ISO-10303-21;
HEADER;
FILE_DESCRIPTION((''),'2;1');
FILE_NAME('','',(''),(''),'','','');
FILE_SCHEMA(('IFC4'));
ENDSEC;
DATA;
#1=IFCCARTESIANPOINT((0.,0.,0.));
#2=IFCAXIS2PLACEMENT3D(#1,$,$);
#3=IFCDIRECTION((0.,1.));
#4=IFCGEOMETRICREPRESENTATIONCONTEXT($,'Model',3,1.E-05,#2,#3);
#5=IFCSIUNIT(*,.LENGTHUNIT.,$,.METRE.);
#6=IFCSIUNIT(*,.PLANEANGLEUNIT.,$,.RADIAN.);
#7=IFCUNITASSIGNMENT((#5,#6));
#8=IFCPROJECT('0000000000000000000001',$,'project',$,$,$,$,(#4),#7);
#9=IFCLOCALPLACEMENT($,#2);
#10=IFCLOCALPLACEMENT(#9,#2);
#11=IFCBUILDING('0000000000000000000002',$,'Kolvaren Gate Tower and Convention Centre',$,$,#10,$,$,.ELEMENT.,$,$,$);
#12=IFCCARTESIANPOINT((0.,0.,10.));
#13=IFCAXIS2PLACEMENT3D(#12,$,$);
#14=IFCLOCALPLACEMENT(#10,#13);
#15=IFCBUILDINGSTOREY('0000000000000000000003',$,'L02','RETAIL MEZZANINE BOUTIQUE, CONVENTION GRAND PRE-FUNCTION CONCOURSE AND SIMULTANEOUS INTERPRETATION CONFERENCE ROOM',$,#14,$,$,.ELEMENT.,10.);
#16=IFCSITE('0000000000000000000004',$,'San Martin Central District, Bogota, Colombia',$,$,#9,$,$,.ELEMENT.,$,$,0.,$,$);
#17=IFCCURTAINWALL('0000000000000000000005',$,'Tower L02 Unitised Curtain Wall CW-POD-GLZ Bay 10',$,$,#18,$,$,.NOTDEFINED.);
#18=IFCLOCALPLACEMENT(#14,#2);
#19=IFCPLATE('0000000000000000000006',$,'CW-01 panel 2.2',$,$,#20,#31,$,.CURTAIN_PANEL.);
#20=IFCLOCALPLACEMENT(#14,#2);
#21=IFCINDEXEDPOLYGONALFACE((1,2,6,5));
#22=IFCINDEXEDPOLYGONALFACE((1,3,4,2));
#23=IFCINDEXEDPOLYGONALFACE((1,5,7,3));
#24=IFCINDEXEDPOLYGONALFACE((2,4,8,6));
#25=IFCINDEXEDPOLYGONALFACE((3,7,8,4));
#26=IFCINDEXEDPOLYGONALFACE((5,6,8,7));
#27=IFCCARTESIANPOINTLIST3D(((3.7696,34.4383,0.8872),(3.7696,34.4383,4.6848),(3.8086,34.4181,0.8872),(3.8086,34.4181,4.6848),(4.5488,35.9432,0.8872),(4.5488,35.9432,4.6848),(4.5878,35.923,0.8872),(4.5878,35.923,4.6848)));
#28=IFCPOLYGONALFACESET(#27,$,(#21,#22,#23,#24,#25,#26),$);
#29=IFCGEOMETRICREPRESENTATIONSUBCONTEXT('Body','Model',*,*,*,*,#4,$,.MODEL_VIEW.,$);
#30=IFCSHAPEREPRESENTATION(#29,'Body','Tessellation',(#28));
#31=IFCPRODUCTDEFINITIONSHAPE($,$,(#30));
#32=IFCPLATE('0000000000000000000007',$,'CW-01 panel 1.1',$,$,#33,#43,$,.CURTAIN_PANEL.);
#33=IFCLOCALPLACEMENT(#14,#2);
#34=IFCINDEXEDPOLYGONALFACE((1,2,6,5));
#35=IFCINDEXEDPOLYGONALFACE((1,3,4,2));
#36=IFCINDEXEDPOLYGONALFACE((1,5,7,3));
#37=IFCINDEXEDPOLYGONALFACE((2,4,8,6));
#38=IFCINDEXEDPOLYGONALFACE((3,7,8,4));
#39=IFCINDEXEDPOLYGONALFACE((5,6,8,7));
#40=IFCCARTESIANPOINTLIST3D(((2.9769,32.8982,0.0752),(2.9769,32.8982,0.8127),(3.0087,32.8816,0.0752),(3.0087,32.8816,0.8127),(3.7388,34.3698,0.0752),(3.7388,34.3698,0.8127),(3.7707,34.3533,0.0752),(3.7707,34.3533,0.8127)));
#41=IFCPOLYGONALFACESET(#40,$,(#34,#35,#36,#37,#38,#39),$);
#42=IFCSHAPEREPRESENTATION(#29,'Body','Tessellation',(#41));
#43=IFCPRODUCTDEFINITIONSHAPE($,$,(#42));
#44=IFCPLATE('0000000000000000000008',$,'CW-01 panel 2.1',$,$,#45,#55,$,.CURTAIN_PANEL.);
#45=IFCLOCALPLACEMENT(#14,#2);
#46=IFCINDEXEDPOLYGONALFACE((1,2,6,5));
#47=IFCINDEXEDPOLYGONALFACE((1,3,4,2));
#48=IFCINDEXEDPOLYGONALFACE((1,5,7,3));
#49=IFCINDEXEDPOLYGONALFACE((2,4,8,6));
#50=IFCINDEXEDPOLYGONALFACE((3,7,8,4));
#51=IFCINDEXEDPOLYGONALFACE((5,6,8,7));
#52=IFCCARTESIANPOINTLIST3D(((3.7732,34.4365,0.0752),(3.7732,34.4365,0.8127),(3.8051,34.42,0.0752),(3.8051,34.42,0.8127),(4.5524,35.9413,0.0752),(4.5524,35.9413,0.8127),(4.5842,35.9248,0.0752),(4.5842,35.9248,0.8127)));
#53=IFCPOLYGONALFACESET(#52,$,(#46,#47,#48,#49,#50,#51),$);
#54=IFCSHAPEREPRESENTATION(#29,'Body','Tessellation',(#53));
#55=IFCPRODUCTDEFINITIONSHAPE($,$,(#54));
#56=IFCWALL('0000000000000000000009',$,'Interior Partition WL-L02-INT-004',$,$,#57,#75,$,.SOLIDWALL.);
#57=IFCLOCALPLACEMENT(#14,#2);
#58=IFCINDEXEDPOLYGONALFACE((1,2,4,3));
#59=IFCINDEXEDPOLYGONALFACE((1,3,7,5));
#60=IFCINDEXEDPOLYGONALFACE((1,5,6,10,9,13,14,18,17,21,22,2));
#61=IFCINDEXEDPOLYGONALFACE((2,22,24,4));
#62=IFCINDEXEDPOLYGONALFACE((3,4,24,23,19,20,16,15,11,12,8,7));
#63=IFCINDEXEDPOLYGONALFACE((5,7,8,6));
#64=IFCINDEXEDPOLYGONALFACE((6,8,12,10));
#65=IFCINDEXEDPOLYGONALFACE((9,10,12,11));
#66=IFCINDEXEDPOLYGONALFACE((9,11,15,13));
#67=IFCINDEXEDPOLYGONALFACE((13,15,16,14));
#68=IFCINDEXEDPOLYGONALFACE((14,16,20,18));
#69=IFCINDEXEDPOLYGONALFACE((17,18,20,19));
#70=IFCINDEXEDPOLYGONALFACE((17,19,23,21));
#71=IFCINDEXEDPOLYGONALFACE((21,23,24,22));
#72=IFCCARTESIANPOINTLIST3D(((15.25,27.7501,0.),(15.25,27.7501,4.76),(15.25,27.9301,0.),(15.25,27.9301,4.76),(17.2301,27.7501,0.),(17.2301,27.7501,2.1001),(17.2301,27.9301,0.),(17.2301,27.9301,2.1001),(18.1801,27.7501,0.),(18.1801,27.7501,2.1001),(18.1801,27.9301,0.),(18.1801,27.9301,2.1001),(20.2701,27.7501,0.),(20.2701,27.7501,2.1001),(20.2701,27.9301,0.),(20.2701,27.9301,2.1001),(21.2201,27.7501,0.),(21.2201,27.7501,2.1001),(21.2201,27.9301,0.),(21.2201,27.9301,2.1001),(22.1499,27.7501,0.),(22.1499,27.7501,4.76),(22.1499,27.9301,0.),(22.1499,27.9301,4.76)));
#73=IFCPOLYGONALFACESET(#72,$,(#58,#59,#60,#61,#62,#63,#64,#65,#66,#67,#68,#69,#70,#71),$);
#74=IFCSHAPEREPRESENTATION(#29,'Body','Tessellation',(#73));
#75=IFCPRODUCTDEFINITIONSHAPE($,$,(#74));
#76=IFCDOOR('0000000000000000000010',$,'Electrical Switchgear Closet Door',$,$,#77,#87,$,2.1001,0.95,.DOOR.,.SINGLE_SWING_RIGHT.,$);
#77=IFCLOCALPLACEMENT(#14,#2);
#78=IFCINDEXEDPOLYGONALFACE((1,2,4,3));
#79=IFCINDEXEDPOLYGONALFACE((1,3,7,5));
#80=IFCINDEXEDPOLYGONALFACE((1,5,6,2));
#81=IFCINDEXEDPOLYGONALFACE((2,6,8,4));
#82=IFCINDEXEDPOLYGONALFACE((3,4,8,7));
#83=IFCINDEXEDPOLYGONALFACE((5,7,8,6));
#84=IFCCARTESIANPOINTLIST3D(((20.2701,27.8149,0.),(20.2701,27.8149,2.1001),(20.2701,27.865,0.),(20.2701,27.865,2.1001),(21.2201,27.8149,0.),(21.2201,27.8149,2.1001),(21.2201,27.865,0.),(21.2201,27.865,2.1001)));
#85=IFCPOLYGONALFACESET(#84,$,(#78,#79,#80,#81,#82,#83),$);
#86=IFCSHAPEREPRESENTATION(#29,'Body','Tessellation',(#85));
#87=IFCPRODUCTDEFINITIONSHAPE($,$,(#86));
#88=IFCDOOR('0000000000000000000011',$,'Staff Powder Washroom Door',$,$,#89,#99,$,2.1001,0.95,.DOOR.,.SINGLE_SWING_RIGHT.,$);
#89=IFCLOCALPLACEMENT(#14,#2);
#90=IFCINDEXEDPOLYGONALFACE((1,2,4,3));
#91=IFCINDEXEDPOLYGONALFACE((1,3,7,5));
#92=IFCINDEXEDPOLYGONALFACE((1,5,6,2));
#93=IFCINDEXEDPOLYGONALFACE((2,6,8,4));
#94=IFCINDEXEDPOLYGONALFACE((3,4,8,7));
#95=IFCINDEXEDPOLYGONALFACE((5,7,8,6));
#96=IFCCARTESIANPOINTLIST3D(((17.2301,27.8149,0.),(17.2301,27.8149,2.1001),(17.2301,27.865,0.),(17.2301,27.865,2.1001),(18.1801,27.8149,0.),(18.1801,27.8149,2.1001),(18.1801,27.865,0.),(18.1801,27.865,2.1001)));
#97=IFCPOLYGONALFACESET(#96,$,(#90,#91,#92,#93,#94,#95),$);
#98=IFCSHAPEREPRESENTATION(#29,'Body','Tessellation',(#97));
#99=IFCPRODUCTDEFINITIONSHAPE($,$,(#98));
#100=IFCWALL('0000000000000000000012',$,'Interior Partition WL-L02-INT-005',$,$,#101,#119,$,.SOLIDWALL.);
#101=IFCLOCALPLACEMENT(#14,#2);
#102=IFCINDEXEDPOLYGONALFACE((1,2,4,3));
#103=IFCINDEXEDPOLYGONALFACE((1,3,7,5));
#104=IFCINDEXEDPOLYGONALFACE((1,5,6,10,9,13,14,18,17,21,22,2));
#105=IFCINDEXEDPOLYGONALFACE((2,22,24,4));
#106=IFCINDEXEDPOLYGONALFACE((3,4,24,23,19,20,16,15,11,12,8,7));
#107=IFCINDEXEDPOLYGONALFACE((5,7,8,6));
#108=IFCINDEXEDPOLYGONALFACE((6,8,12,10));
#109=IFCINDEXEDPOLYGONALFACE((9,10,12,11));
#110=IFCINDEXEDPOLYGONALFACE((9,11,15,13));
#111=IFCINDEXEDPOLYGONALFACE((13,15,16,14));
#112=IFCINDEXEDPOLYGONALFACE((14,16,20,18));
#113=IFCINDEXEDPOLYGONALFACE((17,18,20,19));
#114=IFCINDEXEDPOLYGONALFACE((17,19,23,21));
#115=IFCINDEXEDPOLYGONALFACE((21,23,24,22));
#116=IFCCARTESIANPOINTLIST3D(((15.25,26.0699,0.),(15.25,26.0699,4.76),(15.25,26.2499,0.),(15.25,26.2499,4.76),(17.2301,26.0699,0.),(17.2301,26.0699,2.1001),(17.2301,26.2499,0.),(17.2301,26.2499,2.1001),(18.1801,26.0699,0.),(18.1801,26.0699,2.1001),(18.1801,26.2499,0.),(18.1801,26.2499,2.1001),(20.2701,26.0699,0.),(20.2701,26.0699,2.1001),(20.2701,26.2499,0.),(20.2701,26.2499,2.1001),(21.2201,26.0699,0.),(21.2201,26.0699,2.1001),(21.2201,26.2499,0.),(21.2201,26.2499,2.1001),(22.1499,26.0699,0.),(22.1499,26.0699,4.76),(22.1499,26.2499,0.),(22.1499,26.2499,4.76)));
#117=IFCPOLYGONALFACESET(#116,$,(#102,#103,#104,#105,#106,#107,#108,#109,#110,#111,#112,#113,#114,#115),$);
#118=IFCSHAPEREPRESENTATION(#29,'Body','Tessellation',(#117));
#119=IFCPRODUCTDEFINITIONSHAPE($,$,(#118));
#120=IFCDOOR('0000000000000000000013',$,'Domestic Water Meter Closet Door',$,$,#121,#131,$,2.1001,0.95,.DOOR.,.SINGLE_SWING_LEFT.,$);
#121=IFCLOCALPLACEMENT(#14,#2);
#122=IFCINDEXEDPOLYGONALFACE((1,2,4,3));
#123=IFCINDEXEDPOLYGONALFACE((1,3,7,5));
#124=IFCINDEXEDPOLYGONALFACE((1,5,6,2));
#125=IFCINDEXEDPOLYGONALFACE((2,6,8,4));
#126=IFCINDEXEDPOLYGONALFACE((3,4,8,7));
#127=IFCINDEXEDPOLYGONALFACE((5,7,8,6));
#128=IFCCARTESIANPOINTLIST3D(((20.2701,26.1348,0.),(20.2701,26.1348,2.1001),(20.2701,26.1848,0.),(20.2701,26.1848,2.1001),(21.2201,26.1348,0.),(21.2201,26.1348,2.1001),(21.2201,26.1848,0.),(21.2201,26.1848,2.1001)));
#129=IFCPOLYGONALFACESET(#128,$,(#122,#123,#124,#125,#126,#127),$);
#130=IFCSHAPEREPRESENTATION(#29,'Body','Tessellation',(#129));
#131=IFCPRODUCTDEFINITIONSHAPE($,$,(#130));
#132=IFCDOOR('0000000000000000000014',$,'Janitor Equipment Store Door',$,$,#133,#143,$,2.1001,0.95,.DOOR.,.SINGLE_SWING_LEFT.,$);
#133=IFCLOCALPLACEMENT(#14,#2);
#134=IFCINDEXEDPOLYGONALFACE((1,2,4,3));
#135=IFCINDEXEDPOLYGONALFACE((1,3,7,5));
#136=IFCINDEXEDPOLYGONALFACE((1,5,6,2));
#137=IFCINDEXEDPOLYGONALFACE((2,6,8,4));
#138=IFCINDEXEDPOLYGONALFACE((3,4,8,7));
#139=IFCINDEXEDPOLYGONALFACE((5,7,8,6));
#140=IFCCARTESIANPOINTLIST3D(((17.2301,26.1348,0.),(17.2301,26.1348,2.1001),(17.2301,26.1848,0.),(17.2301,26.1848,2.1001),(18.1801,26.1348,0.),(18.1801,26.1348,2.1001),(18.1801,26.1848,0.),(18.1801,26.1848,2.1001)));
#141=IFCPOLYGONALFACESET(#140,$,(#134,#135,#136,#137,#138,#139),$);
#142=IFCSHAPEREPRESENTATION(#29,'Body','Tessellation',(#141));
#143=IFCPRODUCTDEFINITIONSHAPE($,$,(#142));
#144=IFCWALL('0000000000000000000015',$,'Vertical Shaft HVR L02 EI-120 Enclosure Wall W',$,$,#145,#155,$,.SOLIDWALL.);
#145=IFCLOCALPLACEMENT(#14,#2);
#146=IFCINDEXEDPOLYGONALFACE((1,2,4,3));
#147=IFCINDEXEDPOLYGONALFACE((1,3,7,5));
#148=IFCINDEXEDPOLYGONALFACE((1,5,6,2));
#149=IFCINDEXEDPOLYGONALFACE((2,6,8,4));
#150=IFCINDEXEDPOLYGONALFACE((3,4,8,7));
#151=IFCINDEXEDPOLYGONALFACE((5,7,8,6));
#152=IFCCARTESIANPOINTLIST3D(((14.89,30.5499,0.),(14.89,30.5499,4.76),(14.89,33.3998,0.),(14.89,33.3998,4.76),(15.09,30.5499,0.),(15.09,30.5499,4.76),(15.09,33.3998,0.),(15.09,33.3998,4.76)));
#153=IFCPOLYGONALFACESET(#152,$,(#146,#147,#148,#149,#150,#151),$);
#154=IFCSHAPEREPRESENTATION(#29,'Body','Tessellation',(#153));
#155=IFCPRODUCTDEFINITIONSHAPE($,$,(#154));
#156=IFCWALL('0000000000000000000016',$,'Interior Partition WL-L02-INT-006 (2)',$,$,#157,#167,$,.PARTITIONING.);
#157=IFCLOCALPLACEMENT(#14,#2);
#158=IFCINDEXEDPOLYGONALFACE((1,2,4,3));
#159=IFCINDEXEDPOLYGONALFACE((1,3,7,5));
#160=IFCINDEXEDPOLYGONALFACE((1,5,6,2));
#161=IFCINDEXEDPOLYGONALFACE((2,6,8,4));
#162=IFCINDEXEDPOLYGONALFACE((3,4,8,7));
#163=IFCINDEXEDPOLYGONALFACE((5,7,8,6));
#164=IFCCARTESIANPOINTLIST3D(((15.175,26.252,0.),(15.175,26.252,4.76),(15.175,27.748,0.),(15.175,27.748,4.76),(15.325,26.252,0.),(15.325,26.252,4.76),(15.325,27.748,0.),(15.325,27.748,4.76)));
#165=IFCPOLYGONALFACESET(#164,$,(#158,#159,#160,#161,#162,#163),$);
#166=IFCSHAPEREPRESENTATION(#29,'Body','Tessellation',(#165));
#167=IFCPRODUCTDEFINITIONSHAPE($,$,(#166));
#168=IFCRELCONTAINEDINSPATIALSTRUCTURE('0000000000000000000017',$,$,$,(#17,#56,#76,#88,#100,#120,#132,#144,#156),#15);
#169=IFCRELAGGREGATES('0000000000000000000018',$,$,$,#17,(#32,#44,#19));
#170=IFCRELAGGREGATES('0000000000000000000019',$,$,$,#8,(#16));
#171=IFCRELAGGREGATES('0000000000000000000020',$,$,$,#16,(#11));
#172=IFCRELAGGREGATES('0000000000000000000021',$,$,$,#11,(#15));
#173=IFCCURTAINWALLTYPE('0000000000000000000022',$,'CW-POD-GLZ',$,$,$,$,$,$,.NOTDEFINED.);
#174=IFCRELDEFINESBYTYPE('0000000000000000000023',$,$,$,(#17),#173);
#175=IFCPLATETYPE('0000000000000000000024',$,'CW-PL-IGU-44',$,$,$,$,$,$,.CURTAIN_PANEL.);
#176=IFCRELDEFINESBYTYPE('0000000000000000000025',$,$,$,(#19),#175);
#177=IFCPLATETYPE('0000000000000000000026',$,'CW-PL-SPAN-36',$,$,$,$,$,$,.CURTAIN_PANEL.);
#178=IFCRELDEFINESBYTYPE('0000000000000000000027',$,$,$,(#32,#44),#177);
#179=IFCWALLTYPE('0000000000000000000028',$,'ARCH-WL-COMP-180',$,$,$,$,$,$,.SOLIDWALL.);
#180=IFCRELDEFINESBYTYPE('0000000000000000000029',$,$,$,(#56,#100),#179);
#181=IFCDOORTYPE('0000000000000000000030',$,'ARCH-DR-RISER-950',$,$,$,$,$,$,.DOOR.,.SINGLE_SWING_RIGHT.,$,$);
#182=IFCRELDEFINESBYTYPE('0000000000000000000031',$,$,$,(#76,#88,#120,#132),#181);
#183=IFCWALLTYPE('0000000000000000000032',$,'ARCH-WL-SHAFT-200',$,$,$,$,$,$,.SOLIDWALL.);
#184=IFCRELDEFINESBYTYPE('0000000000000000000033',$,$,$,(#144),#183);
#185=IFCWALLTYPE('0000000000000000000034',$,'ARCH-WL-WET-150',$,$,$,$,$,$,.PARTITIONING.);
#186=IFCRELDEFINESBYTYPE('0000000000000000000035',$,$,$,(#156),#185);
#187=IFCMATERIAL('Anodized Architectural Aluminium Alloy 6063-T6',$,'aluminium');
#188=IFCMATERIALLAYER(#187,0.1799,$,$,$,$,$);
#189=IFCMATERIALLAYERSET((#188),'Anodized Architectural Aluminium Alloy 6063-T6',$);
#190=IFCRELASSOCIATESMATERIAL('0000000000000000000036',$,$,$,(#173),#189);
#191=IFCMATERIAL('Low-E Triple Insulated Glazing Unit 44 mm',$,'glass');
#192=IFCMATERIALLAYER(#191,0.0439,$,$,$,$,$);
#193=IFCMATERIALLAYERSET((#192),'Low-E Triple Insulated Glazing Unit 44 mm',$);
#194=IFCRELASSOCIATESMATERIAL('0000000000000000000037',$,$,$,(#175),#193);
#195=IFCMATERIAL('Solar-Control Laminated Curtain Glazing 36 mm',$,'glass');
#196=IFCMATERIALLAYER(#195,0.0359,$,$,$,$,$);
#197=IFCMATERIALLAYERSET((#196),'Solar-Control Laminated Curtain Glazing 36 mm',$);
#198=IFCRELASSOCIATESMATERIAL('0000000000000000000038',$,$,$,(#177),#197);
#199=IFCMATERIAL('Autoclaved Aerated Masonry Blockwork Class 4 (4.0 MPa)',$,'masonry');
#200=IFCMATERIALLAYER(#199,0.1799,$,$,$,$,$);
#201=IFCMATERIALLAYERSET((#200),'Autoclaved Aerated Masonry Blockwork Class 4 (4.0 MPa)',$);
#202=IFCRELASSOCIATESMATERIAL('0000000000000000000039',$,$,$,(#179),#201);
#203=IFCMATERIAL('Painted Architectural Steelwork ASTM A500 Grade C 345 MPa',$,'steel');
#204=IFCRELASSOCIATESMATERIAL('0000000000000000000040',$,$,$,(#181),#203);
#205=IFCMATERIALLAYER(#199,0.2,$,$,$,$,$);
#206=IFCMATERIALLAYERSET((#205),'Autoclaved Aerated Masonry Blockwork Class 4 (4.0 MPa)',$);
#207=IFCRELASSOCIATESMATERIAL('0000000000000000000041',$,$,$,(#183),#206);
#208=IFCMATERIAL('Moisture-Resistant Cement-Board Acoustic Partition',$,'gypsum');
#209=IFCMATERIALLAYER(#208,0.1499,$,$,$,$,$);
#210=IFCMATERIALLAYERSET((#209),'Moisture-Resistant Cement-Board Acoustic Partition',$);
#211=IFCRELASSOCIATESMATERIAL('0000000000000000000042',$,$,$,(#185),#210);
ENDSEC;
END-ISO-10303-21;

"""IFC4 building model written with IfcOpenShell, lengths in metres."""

from ifc_helpers import new_model, si_unit, direction, frame, frame_2d, origin, origin_2d, place, context, subcontext, project, spatial, rectangle, extrude, material, layer, layer_set, type_object, element, fill, aggregate, save


model = new_model("IFC4")

# Units and contexts
model_context = context("Model", 3, precision=1e-05, world=origin(), true_north=direction((0.0, 1.0)))
body_context = subcontext(model_context, "Body", "Model", "MODEL_VIEW")
ifc_project = project(units=[si_unit("LENGTHUNIT", "METRE"), si_unit("PLANEANGLEUNIT", "RADIAN")], contexts=[model_context])

# Site, building, storey
site_placement = place(None, origin())
site = spatial("IfcSite", under=ifc_project, at=site_placement, Name="San Martin Central District, Bogota, Colombia", CompositionType="ELEMENT", RefElevation=0.0)
building_placement = place(site_placement, origin())
building = spatial("IfcBuilding", under=site, at=building_placement, Name="Kolvaren Gate Tower and Convention Centre", CompositionType="ELEMENT")
storey_placement = place(building_placement, frame((0.0, 0.0, 10.0)))
storey = spatial("IfcBuildingStorey", under=building, at=storey_placement, Name="L02", Description="RETAIL MEZZANINE BOUTIQUE, CONVENTION GRAND PRE-FUNCTION CONCOURSE AND SIMULTANEOUS INTERPRETATION CONFERENCE ROOM", CompositionType="ELEMENT", Elevation=10.0)

# Curtain wall
ifc_material_1 = material(Name="Anodized Architectural Aluminium Alloy 6063-T6", Category="aluminium")
ifc_layer_1 = layer(ifc_material_1, 0.1799)
ifc_layer_set_1 = layer_set([ifc_layer_1], Name="Anodized Architectural Aluminium Alloy 6063-T6")
curtain_wall_type = type_object("IfcCurtainWallType", Name="CW-POD-GLZ", PredefinedType="NOTDEFINED", material=ifc_layer_set_1)
curtain_wall_placement = place(storey_placement, origin())
curtain_wall = element("IfcCurtainWall", 1, at=curtain_wall_placement, inside=storey, type_object=curtain_wall_type, Name="Tower L02 Unitised Curtain Wall CW-POD-GLZ Bay 10", PredefinedType="NOTDEFINED")

# Plates
ifc_material_2 = material(Name="Low-E Triple Insulated Glazing Unit 44 mm", Category="glass")
ifc_layer_2 = layer(ifc_material_2, 0.0439)
ifc_layer_set_2 = layer_set([ifc_layer_2], Name="Low-E Triple Insulated Glazing Unit 44 mm")
plate_type_1 = type_object("IfcPlateType", Name="CW-PL-IGU-44", PredefinedType="CURTAIN_PANEL", material=ifc_layer_set_2)
plate_1_placement = place(storey_placement, frame((4.1787, 35.1807, 0.8872), z_axis=(0.0, 0.0, 1.0), x_axis=(0.459789, 0.888028, 0.0)))
plate_1 = element("IfcPlate", 2, at=plate_1_placement, type_object=plate_type_1, Name="CW-01 panel 2.2", PredefinedType="CURTAIN_PANEL", context=body_context, shape_type="SweptSolid", body=[
    extrude(rectangle(XDim=1.6946, YDim=0.0439, at=origin_2d()), origin(), (0.0, 0.0, 1.0), 3.7976),
])
ifc_material_3 = material(Name="Solar-Control Laminated Curtain Glazing 36 mm", Category="glass")
ifc_layer_3 = layer(ifc_material_3, 0.0359)
ifc_layer_set_3 = layer_set([ifc_layer_3], Name="Solar-Control Laminated Curtain Glazing 36 mm")
plate_type_2 = type_object("IfcPlateType", Name="CW-PL-SPAN-36", PredefinedType="CURTAIN_PANEL", material=ifc_layer_set_3)
plate_2_placement = place(storey_placement, frame((3.3738, 33.6257, 0.0752), z_axis=(0.0, 0.0, 1.0), x_axis=(0.459789, 0.888028, 0.0)))
plate_2 = element("IfcPlate", 3, at=plate_2_placement, type_object=plate_type_2, Name="CW-01 panel 1.1", PredefinedType="CURTAIN_PANEL", context=body_context, shape_type="SweptSolid", body=[
    extrude(rectangle(XDim=1.6572, YDim=0.0359, at=origin_2d()), origin(), (0.0, 0.0, 1.0), 0.7375),
])
plate_3_placement = place(storey_placement, frame((4.1787, 35.1807, 0.0752), z_axis=(0.0, 0.0, 1.0), x_axis=(0.459789, 0.888028, 0.0)))
plate_3 = element("IfcPlate", 4, at=plate_3_placement, type_object=plate_type_2, Name="CW-01 panel 2.1", PredefinedType="CURTAIN_PANEL", context=body_context, shape_type="SweptSolid", body=[
    extrude(rectangle(XDim=1.6946, YDim=0.0359, at=origin_2d()), origin(), (0.0, 0.0, 1.0), 0.7375),
])
aggregate(curtain_wall, [plate_2, plate_3, plate_1])

# Walls, openings, doors
ifc_material_4 = material(Name="Autoclaved Aerated Masonry Blockwork Class 4 (4.0 MPa)", Category="masonry")
ifc_layer_4 = layer(ifc_material_4, 0.1799)
ifc_layer_set_4 = layer_set([ifc_layer_4], Name="Autoclaved Aerated Masonry Blockwork Class 4 (4.0 MPa)")
wall_type_1 = type_object("IfcWallType", Name="ARCH-WL-COMP-180", PredefinedType="SOLIDWALL", material=ifc_layer_set_4)
wall_1_placement = place(storey_placement, frame((15.25, 27.8401, 0.0), z_axis=(0.0, 0.0, 1.0), x_axis=(1.0, 0.0, 0.0)))
wall_1 = element("IfcWall", 5, at=wall_1_placement, inside=storey, type_object=wall_type_1, Name="Interior Partition WL-L02-INT-004", PredefinedType="SOLIDWALL", context=body_context, shape_type="SweptSolid", body=[
    extrude(rectangle(XDim=6.8999, YDim=0.1799, at=frame_2d((3.45, 0.0))), origin(), (0.0, 0.0, 1.0), 4.76),
])
opening_1_placement = place(wall_1_placement, frame((5.02, 0.0, 0.0)))
opening_1 = element("IfcOpeningElement", 6, at=opening_1_placement, cuts=wall_1, PredefinedType="OPENING", context=body_context, shape_type="SweptSolid", body=[
    extrude(rectangle(XDim=0.95, YDim=2.1001, at=frame_2d((0.4751, 1.05))), frame((0.0, 0.0999, 0.0), z_axis=(0.0, -1.0, 0.0), x_axis=(1.0, 0.0, 0.0)), (0.0, 0.0, 1.0), 0.2),
])
opening_2_placement = place(wall_1_placement, frame((1.98, 0.0, 0.0)))
opening_2 = element("IfcOpeningElement", 7, at=opening_2_placement, cuts=wall_1, PredefinedType="OPENING", context=body_context, shape_type="SweptSolid", body=[
    extrude(rectangle(XDim=0.95, YDim=2.1001, at=frame_2d((0.4751, 1.05))), frame((0.0, 0.0999, 0.0), z_axis=(0.0, -1.0, 0.0), x_axis=(1.0, 0.0, 0.0)), (0.0, 0.0, 1.0), 0.2),
])
ifc_material_5 = material(Name="Painted Architectural Steelwork ASTM A500 Grade C 345 MPa", Category="steel")
door_type = type_object("IfcDoorType", Name="ARCH-DR-RISER-950", OperationType="SINGLE_SWING_RIGHT", PredefinedType="DOOR", material=ifc_material_5)
door_1_placement = place(opening_1_placement, origin())
door_1 = element("IfcDoor", 8, at=door_1_placement, inside=storey, type_object=door_type, Name="Electrical Switchgear Closet Door", OperationType="SINGLE_SWING_RIGHT", OverallHeight=2.1001, OverallWidth=0.95, PredefinedType="DOOR", context=body_context, shape_type="SweptSolid", body=[
    extrude(rectangle(XDim=0.95, YDim=2.1001, at=frame_2d((0.4751, 1.05))), frame((0.0, 0.0249, 0.0), z_axis=(0.0, -1.0, 0.0), x_axis=(1.0, 0.0, 0.0)), (0.0, 0.0, 1.0), 0.05),
])
fill(opening_1, door_1)
door_2_placement = place(opening_2_placement, origin())
door_2 = element("IfcDoor", 9, at=door_2_placement, inside=storey, type_object=door_type, Name="Staff Powder Washroom Door", OperationType="SINGLE_SWING_RIGHT", OverallHeight=2.1001, OverallWidth=0.95, PredefinedType="DOOR", context=body_context, shape_type="SweptSolid", body=[
    extrude(rectangle(XDim=0.95, YDim=2.1001, at=frame_2d((0.4751, 1.05))), frame((0.0, 0.0249, 0.0), z_axis=(0.0, -1.0, 0.0), x_axis=(1.0, 0.0, 0.0)), (0.0, 0.0, 1.0), 0.05),
])
fill(opening_2, door_2)
wall_2_placement = place(storey_placement, frame((15.25, 26.1599, 0.0), z_axis=(0.0, 0.0, 1.0), x_axis=(1.0, 0.0, 0.0)))
wall_2 = element("IfcWall", 10, at=wall_2_placement, inside=storey, type_object=wall_type_1, Name="Interior Partition WL-L02-INT-005", PredefinedType="SOLIDWALL", context=body_context, shape_type="SweptSolid", body=[
    extrude(rectangle(XDim=6.8999, YDim=0.1799, at=frame_2d((3.45, 0.0))), origin(), (0.0, 0.0, 1.0), 4.76),
])
opening_3_placement = place(wall_2_placement, frame((5.02, 0.0, 0.0)))
opening_3 = element("IfcOpeningElement", 11, at=opening_3_placement, cuts=wall_2, PredefinedType="OPENING", context=body_context, shape_type="SweptSolid", body=[
    extrude(rectangle(XDim=0.95, YDim=2.1001, at=frame_2d((0.4751, 1.05))), frame((0.0, 0.0999, 0.0), z_axis=(0.0, -1.0, 0.0), x_axis=(1.0, 0.0, 0.0)), (0.0, 0.0, 1.0), 0.2),
])
opening_4_placement = place(wall_2_placement, frame((1.98, 0.0, 0.0)))
opening_4 = element("IfcOpeningElement", 12, at=opening_4_placement, cuts=wall_2, PredefinedType="OPENING", context=body_context, shape_type="SweptSolid", body=[
    extrude(rectangle(XDim=0.95, YDim=2.1001, at=frame_2d((0.4751, 1.05))), frame((0.0, 0.0999, 0.0), z_axis=(0.0, -1.0, 0.0), x_axis=(1.0, 0.0, 0.0)), (0.0, 0.0, 1.0), 0.2),
])
door_3_placement = place(opening_3_placement, origin())
door_3 = element("IfcDoor", 13, at=door_3_placement, inside=storey, type_object=door_type, Name="Domestic Water Meter Closet Door", OperationType="SINGLE_SWING_LEFT", OverallHeight=2.1001, OverallWidth=0.95, PredefinedType="DOOR", context=body_context, shape_type="SweptSolid", body=[
    extrude(rectangle(XDim=0.95, YDim=2.1001, at=frame_2d((0.4751, 1.05))), frame((0.0, 0.0249, 0.0), z_axis=(0.0, -1.0, 0.0), x_axis=(1.0, 0.0, 0.0)), (0.0, 0.0, 1.0), 0.05),
])
fill(opening_3, door_3)
door_4_placement = place(opening_4_placement, origin())
door_4 = element("IfcDoor", 14, at=door_4_placement, inside=storey, type_object=door_type, Name="Janitor Equipment Store Door", OperationType="SINGLE_SWING_LEFT", OverallHeight=2.1001, OverallWidth=0.95, PredefinedType="DOOR", context=body_context, shape_type="SweptSolid", body=[
    extrude(rectangle(XDim=0.95, YDim=2.1001, at=frame_2d((0.4751, 1.05))), frame((0.0, 0.0249, 0.0), z_axis=(0.0, -1.0, 0.0), x_axis=(1.0, 0.0, 0.0)), (0.0, 0.0, 1.0), 0.05),
])
fill(opening_4, door_4)

# Walls
ifc_layer_5 = layer(ifc_material_4, 0.2)
ifc_layer_set_5 = layer_set([ifc_layer_5], Name="Autoclaved Aerated Masonry Blockwork Class 4 (4.0 MPa)")
wall_type_2 = type_object("IfcWallType", Name="ARCH-WL-SHAFT-200", PredefinedType="SOLIDWALL", material=ifc_layer_set_5)
wall_3_placement = place(storey_placement, frame((14.99, 30.55, 0.0), z_axis=(0.0, 0.0, 1.0), x_axis=(0.0, 1.0, 0.0)))
element("IfcWall", 15, at=wall_3_placement, inside=storey, type_object=wall_type_2, Name="Vertical Shaft HVR L02 EI-120 Enclosure Wall W", PredefinedType="SOLIDWALL", context=body_context, shape_type="SweptSolid", body=[
    extrude(rectangle(XDim=2.8499, YDim=0.2, at=frame_2d((1.4248, 0.0))), origin(), (0.0, 0.0, 1.0), 4.76),
])
ifc_material_6 = material(Name="Moisture-Resistant Cement-Board Acoustic Partition", Category="gypsum")
ifc_layer_6 = layer(ifc_material_6, 0.1499)
ifc_layer_set_6 = layer_set([ifc_layer_6], Name="Moisture-Resistant Cement-Board Acoustic Partition")
wall_type_3 = type_object("IfcWallType", Name="ARCH-WL-WET-150", PredefinedType="PARTITIONING", material=ifc_layer_set_6)
wall_4_placement = place(storey_placement, frame((15.25, 26.252, 0.0), z_axis=(0.0, 0.0, 1.0), x_axis=(0.0, 1.0, 0.0)))
element("IfcWall", 16, at=wall_4_placement, inside=storey, type_object=wall_type_3, Name="Interior Partition WL-L02-INT-006 (2)", PredefinedType="PARTITIONING", context=body_context, shape_type="SweptSolid", body=[
    extrude(rectangle(XDim=1.4961, YDim=0.1499, at=frame_2d((0.748, 0.0))), origin(), (0.0, 0.0, 1.0), 4.76),
])

save(model, "model.ifc")
